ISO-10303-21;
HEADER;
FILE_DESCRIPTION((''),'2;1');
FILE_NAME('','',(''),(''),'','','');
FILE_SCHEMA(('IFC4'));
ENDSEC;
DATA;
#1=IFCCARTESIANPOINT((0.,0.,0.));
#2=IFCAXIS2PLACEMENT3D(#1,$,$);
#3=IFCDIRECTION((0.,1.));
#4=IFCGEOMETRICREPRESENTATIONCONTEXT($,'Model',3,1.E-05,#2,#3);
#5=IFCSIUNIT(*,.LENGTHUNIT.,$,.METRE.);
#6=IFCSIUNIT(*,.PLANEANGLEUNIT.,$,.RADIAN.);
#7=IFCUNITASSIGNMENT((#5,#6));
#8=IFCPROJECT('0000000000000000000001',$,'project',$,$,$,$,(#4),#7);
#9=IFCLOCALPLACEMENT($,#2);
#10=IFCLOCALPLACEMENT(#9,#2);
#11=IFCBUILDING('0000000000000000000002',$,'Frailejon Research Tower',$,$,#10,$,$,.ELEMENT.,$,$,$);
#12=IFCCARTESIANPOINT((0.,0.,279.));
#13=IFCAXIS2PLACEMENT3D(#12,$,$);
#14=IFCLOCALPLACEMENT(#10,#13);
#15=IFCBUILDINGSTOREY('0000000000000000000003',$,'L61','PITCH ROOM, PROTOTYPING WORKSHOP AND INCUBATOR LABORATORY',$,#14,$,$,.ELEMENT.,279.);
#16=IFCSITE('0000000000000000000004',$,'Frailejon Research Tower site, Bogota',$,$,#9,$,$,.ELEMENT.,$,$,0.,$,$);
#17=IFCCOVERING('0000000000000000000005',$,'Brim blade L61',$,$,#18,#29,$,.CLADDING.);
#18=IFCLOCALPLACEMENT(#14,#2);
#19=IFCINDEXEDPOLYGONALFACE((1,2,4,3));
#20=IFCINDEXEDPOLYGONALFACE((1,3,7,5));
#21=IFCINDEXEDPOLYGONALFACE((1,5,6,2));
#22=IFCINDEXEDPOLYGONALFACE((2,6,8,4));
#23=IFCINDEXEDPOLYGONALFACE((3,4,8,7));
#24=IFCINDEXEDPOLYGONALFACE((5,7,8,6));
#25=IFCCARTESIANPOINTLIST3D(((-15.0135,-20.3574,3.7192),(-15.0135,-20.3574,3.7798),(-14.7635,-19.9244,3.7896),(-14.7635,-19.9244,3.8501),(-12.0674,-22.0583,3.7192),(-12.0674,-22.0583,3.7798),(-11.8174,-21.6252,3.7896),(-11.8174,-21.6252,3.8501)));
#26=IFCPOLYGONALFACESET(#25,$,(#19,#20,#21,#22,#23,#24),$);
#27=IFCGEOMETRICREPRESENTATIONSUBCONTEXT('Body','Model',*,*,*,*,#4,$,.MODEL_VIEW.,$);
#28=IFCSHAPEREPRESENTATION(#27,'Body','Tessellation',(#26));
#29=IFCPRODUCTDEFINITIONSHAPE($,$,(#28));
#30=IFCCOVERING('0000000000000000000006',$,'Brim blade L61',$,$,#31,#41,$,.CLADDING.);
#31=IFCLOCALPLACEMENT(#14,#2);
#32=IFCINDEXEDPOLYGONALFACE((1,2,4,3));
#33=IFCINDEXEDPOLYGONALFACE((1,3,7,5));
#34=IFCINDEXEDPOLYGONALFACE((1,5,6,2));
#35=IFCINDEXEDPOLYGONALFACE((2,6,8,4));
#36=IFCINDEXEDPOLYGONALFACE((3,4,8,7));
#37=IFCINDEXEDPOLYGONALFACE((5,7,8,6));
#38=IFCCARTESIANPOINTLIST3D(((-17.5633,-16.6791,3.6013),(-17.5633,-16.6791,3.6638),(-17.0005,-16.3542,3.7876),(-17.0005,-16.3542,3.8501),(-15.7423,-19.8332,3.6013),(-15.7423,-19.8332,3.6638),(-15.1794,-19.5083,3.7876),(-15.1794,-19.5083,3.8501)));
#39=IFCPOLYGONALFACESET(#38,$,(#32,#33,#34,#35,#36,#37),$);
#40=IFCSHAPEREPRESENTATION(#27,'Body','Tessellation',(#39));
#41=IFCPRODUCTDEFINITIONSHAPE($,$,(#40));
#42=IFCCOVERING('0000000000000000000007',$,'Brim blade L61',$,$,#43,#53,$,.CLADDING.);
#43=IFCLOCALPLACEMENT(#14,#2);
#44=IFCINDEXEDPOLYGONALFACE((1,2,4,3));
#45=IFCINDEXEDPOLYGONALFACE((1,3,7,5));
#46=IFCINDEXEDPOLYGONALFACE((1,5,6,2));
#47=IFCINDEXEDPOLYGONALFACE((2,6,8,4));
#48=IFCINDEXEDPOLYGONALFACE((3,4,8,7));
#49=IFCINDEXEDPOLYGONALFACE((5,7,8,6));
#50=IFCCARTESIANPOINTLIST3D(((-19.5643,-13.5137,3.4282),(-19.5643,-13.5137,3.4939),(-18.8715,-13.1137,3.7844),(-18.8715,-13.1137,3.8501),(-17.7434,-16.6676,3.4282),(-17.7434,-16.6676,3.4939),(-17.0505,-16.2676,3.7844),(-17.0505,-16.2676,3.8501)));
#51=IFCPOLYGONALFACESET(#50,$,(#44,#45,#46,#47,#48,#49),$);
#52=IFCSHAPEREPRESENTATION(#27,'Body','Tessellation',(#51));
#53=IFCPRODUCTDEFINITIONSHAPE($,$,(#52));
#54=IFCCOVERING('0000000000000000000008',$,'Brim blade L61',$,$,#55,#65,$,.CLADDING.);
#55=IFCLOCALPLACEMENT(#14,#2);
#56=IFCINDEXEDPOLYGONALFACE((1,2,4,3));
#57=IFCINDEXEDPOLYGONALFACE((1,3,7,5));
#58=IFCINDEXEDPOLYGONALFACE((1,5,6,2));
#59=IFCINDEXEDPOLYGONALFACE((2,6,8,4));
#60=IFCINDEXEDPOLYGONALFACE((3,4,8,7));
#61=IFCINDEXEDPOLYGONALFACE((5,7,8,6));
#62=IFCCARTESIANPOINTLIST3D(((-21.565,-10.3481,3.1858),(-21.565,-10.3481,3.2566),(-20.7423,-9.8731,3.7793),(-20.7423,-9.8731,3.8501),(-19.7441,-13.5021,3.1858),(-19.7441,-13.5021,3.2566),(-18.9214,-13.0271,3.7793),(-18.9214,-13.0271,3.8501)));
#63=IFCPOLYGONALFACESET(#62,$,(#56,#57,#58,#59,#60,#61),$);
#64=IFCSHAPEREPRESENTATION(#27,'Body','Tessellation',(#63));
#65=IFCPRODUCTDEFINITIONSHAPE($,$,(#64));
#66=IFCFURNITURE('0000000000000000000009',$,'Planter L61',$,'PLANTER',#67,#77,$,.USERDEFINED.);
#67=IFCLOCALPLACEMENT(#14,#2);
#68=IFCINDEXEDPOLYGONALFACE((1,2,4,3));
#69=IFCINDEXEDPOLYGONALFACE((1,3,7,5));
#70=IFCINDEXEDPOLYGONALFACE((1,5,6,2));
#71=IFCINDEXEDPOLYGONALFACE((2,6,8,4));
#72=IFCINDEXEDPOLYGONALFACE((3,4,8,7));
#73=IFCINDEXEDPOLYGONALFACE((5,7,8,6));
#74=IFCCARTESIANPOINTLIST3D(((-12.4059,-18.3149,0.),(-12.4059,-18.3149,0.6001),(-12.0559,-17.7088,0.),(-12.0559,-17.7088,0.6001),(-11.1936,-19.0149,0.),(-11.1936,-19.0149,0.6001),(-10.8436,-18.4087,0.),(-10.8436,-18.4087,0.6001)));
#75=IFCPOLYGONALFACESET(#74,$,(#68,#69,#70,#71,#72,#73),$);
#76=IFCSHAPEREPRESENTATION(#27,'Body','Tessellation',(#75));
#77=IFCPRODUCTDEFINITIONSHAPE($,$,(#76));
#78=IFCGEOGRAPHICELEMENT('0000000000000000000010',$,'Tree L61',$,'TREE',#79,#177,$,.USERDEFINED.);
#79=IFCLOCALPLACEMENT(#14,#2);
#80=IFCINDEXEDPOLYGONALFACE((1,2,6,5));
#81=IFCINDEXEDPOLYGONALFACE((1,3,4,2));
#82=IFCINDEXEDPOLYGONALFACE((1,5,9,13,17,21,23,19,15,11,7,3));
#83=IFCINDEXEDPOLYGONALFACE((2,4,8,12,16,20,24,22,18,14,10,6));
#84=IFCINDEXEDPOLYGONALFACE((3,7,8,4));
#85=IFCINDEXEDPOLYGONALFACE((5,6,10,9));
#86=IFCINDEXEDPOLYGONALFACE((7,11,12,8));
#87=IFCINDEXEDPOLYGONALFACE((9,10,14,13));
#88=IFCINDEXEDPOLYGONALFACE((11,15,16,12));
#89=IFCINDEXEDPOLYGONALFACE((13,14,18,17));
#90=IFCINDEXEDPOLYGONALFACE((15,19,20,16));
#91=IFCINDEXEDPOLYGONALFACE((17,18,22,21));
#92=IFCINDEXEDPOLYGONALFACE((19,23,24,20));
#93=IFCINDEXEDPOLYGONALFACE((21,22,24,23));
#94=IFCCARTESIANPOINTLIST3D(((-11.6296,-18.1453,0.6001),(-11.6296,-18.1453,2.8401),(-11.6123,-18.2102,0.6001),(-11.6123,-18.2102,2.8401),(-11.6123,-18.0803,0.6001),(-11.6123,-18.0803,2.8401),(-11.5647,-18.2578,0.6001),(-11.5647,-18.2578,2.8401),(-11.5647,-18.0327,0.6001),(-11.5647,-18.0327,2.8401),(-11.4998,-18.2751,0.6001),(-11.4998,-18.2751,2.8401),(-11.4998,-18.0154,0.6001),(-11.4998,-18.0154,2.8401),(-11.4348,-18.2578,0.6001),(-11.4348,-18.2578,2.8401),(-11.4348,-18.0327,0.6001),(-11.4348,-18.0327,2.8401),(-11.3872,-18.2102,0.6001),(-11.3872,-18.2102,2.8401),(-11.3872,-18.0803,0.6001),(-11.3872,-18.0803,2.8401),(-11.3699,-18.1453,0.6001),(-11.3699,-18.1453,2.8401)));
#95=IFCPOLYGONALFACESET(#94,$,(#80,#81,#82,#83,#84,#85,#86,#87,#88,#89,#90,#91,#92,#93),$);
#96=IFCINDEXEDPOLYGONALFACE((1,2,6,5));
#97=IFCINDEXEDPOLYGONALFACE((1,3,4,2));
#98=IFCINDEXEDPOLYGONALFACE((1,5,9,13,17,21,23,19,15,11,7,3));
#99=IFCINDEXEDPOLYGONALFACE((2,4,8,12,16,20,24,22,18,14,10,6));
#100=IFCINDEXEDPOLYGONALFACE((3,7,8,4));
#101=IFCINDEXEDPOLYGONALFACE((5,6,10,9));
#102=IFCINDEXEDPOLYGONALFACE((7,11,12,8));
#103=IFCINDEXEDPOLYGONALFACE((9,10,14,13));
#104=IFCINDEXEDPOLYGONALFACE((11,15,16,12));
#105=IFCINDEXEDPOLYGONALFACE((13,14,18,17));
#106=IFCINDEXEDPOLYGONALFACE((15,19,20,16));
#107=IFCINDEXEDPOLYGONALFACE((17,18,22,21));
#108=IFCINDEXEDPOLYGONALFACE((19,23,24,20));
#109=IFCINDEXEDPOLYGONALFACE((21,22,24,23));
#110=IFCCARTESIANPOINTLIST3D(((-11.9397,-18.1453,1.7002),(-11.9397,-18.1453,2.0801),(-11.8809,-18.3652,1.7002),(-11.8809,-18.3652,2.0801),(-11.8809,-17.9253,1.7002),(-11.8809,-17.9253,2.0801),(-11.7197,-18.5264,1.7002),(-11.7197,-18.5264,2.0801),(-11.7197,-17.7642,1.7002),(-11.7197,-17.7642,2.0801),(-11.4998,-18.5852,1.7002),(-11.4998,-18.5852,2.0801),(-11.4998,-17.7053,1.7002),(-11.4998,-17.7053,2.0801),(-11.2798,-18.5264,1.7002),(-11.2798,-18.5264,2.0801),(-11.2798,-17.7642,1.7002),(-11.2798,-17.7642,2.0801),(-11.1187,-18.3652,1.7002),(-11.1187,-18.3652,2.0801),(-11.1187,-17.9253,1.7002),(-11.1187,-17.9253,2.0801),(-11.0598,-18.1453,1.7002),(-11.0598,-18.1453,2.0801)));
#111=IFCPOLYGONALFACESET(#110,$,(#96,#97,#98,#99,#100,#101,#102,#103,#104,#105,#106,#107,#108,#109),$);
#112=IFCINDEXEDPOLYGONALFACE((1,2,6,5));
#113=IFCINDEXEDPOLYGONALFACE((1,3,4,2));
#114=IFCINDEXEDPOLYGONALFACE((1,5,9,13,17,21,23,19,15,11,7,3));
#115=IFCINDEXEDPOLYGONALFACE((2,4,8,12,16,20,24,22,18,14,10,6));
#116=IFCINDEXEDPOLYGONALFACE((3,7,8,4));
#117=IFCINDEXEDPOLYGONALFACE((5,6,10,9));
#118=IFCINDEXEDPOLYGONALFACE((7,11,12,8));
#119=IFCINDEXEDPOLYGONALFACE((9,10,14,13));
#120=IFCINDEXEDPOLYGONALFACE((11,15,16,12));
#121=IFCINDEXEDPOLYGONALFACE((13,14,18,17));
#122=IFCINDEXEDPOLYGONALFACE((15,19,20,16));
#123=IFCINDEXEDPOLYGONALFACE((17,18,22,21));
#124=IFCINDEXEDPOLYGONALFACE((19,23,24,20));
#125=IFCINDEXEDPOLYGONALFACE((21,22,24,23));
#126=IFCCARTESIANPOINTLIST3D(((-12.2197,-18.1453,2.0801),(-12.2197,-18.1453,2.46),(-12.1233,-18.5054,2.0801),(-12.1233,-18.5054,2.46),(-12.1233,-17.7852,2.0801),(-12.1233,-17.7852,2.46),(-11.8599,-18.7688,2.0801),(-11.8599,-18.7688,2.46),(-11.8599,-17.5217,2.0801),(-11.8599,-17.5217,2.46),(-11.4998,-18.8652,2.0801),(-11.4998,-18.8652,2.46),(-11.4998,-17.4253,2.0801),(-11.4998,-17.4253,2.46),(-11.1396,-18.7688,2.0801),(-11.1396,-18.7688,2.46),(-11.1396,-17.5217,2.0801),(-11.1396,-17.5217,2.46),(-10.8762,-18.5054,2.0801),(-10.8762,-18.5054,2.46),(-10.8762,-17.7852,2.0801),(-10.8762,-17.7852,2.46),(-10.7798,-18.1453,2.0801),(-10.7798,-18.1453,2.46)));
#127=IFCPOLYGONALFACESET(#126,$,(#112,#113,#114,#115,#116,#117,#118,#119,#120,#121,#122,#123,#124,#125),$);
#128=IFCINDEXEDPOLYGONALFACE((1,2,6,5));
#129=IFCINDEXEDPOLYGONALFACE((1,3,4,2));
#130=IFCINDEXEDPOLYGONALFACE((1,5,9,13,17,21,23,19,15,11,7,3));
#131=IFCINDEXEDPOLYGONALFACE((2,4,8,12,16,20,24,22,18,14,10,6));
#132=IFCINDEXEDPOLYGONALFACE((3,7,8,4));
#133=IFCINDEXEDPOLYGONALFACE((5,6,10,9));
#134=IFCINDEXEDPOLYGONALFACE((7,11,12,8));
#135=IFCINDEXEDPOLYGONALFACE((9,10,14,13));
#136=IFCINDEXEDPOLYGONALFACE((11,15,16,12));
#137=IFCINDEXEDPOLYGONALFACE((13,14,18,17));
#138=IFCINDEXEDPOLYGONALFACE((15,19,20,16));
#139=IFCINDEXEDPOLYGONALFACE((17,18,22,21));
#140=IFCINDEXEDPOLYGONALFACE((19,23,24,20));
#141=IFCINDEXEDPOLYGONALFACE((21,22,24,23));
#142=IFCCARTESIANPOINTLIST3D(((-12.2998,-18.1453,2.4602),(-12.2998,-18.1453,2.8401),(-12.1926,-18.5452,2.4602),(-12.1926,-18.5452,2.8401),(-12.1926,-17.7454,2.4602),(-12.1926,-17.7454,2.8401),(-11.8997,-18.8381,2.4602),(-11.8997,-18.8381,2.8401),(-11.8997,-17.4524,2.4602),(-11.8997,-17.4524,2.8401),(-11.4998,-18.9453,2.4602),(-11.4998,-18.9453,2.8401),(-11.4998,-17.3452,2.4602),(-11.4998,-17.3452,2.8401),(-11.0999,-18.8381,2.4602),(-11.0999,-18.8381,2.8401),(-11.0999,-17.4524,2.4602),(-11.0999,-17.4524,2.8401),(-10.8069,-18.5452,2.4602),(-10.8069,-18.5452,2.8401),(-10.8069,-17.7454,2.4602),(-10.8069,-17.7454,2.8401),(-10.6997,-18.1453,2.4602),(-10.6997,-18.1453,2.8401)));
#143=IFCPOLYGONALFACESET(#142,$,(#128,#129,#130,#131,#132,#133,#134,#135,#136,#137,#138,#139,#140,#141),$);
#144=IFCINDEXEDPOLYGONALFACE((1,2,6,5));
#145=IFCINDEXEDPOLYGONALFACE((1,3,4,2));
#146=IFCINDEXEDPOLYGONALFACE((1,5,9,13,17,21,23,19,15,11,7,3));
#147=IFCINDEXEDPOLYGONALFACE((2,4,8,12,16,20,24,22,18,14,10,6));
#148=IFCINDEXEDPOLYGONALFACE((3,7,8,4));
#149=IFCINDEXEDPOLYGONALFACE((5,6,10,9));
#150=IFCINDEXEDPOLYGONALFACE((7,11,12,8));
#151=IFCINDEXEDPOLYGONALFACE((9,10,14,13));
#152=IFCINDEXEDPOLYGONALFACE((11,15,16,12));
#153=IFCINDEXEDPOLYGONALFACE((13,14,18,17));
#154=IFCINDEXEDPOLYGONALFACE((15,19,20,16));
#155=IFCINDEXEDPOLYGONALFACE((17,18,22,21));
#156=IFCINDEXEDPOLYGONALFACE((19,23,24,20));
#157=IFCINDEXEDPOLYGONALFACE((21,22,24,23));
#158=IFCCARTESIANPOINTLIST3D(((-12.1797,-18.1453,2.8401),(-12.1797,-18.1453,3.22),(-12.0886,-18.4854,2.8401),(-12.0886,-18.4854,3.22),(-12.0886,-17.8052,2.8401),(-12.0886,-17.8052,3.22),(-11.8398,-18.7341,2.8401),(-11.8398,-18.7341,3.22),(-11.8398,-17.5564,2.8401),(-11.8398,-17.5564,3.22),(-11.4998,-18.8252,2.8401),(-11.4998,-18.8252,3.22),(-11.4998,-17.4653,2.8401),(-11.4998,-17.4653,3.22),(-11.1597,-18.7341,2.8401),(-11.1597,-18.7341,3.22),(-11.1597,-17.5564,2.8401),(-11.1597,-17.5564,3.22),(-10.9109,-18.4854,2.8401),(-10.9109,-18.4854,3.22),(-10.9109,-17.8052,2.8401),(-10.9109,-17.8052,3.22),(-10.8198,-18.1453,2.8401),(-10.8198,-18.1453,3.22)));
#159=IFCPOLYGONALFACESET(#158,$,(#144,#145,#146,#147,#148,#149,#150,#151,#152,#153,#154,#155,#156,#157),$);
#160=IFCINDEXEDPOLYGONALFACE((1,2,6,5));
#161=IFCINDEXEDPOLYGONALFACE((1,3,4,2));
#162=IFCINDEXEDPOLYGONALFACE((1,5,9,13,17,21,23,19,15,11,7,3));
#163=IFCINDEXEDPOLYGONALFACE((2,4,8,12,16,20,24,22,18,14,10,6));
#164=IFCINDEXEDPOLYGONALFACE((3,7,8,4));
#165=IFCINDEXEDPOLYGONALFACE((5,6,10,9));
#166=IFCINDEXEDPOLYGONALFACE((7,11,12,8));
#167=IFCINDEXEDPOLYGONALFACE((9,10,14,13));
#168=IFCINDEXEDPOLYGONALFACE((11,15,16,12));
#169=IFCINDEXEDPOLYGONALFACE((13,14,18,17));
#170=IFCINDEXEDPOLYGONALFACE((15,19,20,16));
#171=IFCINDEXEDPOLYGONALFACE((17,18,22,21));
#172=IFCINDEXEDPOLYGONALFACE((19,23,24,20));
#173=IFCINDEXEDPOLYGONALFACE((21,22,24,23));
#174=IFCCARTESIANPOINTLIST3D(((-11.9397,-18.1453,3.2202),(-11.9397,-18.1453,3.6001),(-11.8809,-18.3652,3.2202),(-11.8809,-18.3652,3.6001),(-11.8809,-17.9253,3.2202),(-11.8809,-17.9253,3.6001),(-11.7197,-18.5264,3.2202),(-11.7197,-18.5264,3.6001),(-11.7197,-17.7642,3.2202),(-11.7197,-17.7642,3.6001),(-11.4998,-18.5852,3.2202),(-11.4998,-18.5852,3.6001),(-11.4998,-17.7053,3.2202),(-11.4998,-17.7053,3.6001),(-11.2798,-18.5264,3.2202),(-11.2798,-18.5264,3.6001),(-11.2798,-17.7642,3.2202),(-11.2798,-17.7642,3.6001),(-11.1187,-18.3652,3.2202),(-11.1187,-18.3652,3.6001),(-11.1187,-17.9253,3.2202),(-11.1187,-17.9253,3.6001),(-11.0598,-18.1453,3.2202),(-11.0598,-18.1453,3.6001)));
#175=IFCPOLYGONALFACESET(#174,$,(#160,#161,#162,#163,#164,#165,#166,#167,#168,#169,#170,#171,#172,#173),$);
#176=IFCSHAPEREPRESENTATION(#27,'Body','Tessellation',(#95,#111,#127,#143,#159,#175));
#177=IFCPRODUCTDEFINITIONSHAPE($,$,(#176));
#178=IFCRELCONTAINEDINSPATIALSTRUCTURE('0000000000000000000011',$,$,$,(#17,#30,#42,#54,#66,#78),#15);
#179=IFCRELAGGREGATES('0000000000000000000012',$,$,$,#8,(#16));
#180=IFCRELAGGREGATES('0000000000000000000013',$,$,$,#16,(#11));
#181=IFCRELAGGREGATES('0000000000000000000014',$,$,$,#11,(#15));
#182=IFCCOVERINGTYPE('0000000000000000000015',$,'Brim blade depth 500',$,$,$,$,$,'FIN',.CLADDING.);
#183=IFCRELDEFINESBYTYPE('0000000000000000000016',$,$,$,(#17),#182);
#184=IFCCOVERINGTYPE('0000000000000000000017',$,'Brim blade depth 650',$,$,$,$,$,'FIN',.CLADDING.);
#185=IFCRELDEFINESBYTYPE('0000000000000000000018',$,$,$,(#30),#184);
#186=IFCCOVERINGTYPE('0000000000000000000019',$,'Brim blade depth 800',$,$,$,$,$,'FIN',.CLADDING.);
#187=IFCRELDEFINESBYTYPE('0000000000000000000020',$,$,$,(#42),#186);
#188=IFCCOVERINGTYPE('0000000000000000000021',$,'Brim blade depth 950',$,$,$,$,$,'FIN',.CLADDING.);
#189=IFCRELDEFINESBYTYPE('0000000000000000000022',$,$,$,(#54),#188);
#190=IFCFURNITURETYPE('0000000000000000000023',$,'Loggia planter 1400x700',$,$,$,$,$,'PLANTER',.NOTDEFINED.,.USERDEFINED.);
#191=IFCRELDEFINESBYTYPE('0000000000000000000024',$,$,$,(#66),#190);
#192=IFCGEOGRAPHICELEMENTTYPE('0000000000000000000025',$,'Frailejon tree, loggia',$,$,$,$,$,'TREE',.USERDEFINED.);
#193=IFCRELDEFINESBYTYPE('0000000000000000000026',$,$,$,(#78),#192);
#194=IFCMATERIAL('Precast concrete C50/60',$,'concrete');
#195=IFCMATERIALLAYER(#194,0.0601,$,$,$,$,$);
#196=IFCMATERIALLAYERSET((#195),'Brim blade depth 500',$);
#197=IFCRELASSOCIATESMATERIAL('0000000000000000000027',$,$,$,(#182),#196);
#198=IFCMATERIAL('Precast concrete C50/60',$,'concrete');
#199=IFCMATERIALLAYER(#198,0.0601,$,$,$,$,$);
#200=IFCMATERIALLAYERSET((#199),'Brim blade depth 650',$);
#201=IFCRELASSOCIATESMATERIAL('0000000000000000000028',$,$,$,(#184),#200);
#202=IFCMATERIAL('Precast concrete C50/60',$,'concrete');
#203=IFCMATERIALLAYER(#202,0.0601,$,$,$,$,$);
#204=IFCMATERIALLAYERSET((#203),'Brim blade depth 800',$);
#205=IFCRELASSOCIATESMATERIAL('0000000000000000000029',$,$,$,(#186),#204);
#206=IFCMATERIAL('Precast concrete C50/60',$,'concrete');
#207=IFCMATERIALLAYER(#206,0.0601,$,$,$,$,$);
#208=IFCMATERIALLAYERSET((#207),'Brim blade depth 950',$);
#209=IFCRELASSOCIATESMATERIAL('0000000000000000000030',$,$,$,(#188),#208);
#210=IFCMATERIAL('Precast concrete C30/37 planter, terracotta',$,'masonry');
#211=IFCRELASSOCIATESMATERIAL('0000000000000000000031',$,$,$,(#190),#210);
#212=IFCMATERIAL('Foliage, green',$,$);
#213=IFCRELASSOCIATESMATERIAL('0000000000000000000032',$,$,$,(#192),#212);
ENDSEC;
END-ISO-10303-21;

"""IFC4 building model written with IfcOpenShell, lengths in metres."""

from ifc_helpers import new_model, si_unit, direction, frame, origin, origin_2d, place, context, subcontext, project, spatial, polyline, rectangle, outline, extrude, material, layer, layer_set, type_object, element, save


model = new_model("IFC4")

# Units and contexts
model_context = context("Model", 3, precision=1e-05, world=origin(), true_north=direction((0.0, 1.0)))
body_context = subcontext(model_context, "Body", "Model", "MODEL_VIEW")
ifc_project = project(units=[si_unit("LENGTHUNIT", "METRE"), si_unit("PLANEANGLEUNIT", "RADIAN")], contexts=[model_context])

# Site, building, storey
site_placement = place(None, origin())
site = spatial("IfcSite", under=ifc_project, at=site_placement, Name="Frailejon Research Tower site, Bogota", CompositionType="ELEMENT", RefElevation=0.0)
building_placement = place(site_placement, origin())
building = spatial("IfcBuilding", under=site, at=building_placement, Name="Frailejon Research Tower", CompositionType="ELEMENT")
storey_placement = place(building_placement, frame((0.0, 0.0, 279.0)))
storey = spatial("IfcBuildingStorey", under=building, at=storey_placement, Name="L61", Description="PITCH ROOM, PROTOTYPING WORKSHOP AND INCUBATOR LABORATORY", CompositionType="ELEMENT", Elevation=279.0)

# Coverings
ifc_material_1 = material(Name="Precast concrete C50/60", Category="concrete")
ifc_layer_1 = layer(ifc_material_1, 0.0601)
ifc_layer_set_1 = layer_set([ifc_layer_1], Name="Brim blade depth 500")
covering_type_1 = type_object("IfcCoveringType", Name="Brim blade depth 500", ElementType="FIN", PredefinedType="CLADDING", material=ifc_layer_set_1)
covering_1_placement = place(storey_placement, frame((-11.8174, -21.6252, 3.8501), z_axis=(-0.866036, 0.499981, 0.0), x_axis=(-0.499981, -0.866036, 0.0)))
element("IfcCovering", 1, at=covering_1_placement, inside=storey, type_object=covering_type_1, Name="Brim blade L61", PredefinedType="CLADDING", context=body_context, shape_type="SweptSolid", body=[
    extrude(outline(polyline([(0.0, -0.0605), (0.5, -0.1309), (0.5, -0.0703), (0.0, 0.0), (0.0, -0.0605)])), origin(), (0.0, 0.0, 1.0), 3.4019),
])
ifc_material_2 = material(Name="Precast concrete C50/60", Category="concrete")
ifc_layer_2 = layer(ifc_material_2, 0.0601)
ifc_layer_set_2 = layer_set([ifc_layer_2], Name="Brim blade depth 650")
covering_type_2 = type_object("IfcCoveringType", Name="Brim blade depth 650", ElementType="FIN", PredefinedType="CLADDING", material=ifc_layer_set_2)
covering_2_placement = place(storey_placement, frame((-15.1794, -19.5083, 3.8501), z_axis=(-0.499996, 0.866028, 0.0), x_axis=(-0.866028, -0.499996, 0.0)))
element("IfcCovering", 2, at=covering_2_placement, inside=storey, type_object=covering_type_2, Name="Brim blade L61", PredefinedType="CLADDING", context=body_context, shape_type="SweptSolid", body=[
    extrude(outline(polyline([(0.0, -0.0625), (0.6499, -0.2488), (0.6499, -0.1863), (0.0, 0.0), (0.0, -0.0625)])), origin(), (0.0, 0.0, 1.0), 3.6421),
])
ifc_material_3 = material(Name="Precast concrete C50/60", Category="concrete")
ifc_layer_3 = layer(ifc_material_3, 0.0601)
ifc_layer_set_3 = layer_set([ifc_layer_3], Name="Brim blade depth 800")
covering_type_3 = type_object("IfcCoveringType", Name="Brim blade depth 800", ElementType="FIN", PredefinedType="CLADDING", material=ifc_layer_set_3)
covering_3_placement = place(storey_placement, frame((-17.0505, -16.2676, 3.8501), z_axis=(-0.500008, 0.866021, 0.0), x_axis=(-0.866021, -0.500008, 0.0)))
element("IfcCovering", 3, at=covering_3_placement, inside=storey, type_object=covering_type_3, Name="Brim blade L61", PredefinedType="CLADDING", context=body_context, shape_type="SweptSolid", body=[
    extrude(outline(polyline([(0.0, -0.0657), (0.8, -0.4219), (0.8, -0.3562), (0.0, 0.0), (0.0, -0.0657)])), origin(), (0.0, 0.0, 1.0), 3.6418),
])
ifc_material_4 = material(Name="Precast concrete C50/60", Category="concrete")
ifc_layer_4 = layer(ifc_material_4, 0.0601)
ifc_layer_set_4 = layer_set([ifc_layer_4], Name="Brim blade depth 950")
covering_type_4 = type_object("IfcCoveringType", Name="Brim blade depth 950", ElementType="FIN", PredefinedType="CLADDING", material=ifc_layer_set_4)
covering_4_placement = place(storey_placement, frame((-18.9214, -13.0271, 3.8501), z_axis=(-0.499988, 0.866032, 0.0), x_axis=(-0.866032, -0.499988, 0.0)))
element("IfcCovering", 4, at=covering_4_placement, inside=storey, type_object=covering_type_4, Name="Brim blade L61", PredefinedType="CLADDING", context=body_context, shape_type="SweptSolid", body=[
    extrude(outline(polyline([(0.0, -0.0708), (0.95, -0.6643), (0.95, -0.5935), (0.0, 0.0), (0.0, -0.0708)])), origin(), (0.0, 0.0, 1.0), 3.6418),
])

# Furniture
ifc_material_5 = material(Name="Precast concrete C30/37 planter, terracotta", Category="masonry")
furniture_type = type_object("IfcFurnitureType", Name="Loggia planter 1400x700", ElementType="PLANTER", AssemblyPlace="NOTDEFINED", PredefinedType="USERDEFINED", material=ifc_material_5)
furniture_placement = place(storey_placement, frame((-11.6248, -18.3618, 0.0), z_axis=(0.0, 0.0, 1.0), x_axis=(0.866025, -0.5, 0.0)))
element("IfcFurniture", 5, at=furniture_placement, inside=storey, type_object=furniture_type, Name="Planter L61", ObjectType="PLANTER", PredefinedType="USERDEFINED", context=body_context, shape_type="SweptSolid", body=[
    extrude(rectangle(XDim=1.3999, YDim=0.7, at=origin_2d()), origin(), (0.0, 0.0, 1.0), 0.6001),
])

# Geographic element
ifc_material_6 = material(Name="Foliage, green")
geographic_element_type = type_object("IfcGeographicElementType", Name="Frailejon tree, loggia", ElementType="TREE", PredefinedType="USERDEFINED", material=ifc_material_6)
geographic_element_placement = place(storey_placement, frame((-11.4998, -18.1453, 0.6001)))
element("IfcGeographicElement", 6, at=geographic_element_placement, inside=storey, type_object=geographic_element_type, Name="Tree L61", ObjectType="TREE", PredefinedType="USERDEFINED", context=body_context, shape_type="SweptSolid", body=[
    extrude(outline(polyline([(0.1299, 0.0), (0.1125, 0.0649), (0.0649, 0.1125), (0.0, 0.1299), (-0.0649, 0.1125), (-0.1125, 0.0649), (-0.1299, 0.0), (-0.1125, -0.0649), (-0.0649, -0.1125), (0.0, -0.1299), (0.0649, -0.1125), (0.1125, -0.0649), (0.1299, 0.0)])), origin(), (0.0, 0.0, 1.0), 2.24),
    extrude(outline(polyline([(0.4399, 0.0), (0.3811, 0.22), (0.22, 0.3811), (0.0, 0.4399), (-0.22, 0.3811), (-0.3811, 0.22), (-0.4399, 0.0), (-0.3811, -0.22), (-0.22, -0.3811), (0.0, -0.4399), (0.22, -0.3811), (0.3811, -0.22), (0.4399, 0.0)])), frame((0.0, 0.0, 1.1001)), (0.0, 0.0, 1.0), 0.3799),
    extrude(outline(polyline([(0.72, 0.0), (0.6235, 0.3601), (0.3601, 0.6235), (0.0, 0.72), (-0.3601, 0.6235), (-0.6235, 0.3601), (-0.72, 0.0), (-0.6235, -0.3601), (-0.3601, -0.6235), (0.0, -0.72), (0.3601, -0.6235), (0.6235, -0.3601), (0.72, 0.0)])), frame((0.0, 0.0, 1.48)), (0.0, 0.0, 1.0), 0.3799),
    extrude(outline(polyline([(0.8, 0.0), (0.6929, 0.3999), (0.3999, 0.6929), (0.0, 0.8), (-0.3999, 0.6929), (-0.6929, 0.3999), (-0.8, 0.0), (-0.6929, -0.3999), (-0.3999, -0.6929), (0.0, -0.8), (0.3999, -0.6929), (0.6929, -0.3999), (0.8, 0.0)])), frame((0.0, 0.0, 1.8601)), (0.0, 0.0, 1.0), 0.3799),
    extrude(outline(polyline([(0.6799, 0.0), (0.5889, 0.3401), (0.3401, 0.5889), (0.0, 0.6799), (-0.3401, 0.5889), (-0.5889, 0.3401), (-0.6799, 0.0), (-0.5889, -0.3401), (-0.3401, -0.5889), (0.0, -0.6799), (0.3401, -0.5889), (0.5889, -0.3401), (0.6799, 0.0)])), frame((0.0, 0.0, 2.24)), (0.0, 0.0, 1.0), 0.3799),
    extrude(outline(polyline([(0.4399, 0.0), (0.3811, 0.22), (0.22, 0.3811), (0.0, 0.4399), (-0.22, 0.3811), (-0.3811, 0.22), (-0.4399, 0.0), (-0.3811, -0.22), (-0.22, -0.3811), (0.0, -0.4399), (0.22, -0.3811), (0.3811, -0.22), (0.4399, 0.0)])), frame((0.0, 0.0, 2.6201)), (0.0, 0.0, 1.0), 0.3799),
])

save(model, "model.ifc")
